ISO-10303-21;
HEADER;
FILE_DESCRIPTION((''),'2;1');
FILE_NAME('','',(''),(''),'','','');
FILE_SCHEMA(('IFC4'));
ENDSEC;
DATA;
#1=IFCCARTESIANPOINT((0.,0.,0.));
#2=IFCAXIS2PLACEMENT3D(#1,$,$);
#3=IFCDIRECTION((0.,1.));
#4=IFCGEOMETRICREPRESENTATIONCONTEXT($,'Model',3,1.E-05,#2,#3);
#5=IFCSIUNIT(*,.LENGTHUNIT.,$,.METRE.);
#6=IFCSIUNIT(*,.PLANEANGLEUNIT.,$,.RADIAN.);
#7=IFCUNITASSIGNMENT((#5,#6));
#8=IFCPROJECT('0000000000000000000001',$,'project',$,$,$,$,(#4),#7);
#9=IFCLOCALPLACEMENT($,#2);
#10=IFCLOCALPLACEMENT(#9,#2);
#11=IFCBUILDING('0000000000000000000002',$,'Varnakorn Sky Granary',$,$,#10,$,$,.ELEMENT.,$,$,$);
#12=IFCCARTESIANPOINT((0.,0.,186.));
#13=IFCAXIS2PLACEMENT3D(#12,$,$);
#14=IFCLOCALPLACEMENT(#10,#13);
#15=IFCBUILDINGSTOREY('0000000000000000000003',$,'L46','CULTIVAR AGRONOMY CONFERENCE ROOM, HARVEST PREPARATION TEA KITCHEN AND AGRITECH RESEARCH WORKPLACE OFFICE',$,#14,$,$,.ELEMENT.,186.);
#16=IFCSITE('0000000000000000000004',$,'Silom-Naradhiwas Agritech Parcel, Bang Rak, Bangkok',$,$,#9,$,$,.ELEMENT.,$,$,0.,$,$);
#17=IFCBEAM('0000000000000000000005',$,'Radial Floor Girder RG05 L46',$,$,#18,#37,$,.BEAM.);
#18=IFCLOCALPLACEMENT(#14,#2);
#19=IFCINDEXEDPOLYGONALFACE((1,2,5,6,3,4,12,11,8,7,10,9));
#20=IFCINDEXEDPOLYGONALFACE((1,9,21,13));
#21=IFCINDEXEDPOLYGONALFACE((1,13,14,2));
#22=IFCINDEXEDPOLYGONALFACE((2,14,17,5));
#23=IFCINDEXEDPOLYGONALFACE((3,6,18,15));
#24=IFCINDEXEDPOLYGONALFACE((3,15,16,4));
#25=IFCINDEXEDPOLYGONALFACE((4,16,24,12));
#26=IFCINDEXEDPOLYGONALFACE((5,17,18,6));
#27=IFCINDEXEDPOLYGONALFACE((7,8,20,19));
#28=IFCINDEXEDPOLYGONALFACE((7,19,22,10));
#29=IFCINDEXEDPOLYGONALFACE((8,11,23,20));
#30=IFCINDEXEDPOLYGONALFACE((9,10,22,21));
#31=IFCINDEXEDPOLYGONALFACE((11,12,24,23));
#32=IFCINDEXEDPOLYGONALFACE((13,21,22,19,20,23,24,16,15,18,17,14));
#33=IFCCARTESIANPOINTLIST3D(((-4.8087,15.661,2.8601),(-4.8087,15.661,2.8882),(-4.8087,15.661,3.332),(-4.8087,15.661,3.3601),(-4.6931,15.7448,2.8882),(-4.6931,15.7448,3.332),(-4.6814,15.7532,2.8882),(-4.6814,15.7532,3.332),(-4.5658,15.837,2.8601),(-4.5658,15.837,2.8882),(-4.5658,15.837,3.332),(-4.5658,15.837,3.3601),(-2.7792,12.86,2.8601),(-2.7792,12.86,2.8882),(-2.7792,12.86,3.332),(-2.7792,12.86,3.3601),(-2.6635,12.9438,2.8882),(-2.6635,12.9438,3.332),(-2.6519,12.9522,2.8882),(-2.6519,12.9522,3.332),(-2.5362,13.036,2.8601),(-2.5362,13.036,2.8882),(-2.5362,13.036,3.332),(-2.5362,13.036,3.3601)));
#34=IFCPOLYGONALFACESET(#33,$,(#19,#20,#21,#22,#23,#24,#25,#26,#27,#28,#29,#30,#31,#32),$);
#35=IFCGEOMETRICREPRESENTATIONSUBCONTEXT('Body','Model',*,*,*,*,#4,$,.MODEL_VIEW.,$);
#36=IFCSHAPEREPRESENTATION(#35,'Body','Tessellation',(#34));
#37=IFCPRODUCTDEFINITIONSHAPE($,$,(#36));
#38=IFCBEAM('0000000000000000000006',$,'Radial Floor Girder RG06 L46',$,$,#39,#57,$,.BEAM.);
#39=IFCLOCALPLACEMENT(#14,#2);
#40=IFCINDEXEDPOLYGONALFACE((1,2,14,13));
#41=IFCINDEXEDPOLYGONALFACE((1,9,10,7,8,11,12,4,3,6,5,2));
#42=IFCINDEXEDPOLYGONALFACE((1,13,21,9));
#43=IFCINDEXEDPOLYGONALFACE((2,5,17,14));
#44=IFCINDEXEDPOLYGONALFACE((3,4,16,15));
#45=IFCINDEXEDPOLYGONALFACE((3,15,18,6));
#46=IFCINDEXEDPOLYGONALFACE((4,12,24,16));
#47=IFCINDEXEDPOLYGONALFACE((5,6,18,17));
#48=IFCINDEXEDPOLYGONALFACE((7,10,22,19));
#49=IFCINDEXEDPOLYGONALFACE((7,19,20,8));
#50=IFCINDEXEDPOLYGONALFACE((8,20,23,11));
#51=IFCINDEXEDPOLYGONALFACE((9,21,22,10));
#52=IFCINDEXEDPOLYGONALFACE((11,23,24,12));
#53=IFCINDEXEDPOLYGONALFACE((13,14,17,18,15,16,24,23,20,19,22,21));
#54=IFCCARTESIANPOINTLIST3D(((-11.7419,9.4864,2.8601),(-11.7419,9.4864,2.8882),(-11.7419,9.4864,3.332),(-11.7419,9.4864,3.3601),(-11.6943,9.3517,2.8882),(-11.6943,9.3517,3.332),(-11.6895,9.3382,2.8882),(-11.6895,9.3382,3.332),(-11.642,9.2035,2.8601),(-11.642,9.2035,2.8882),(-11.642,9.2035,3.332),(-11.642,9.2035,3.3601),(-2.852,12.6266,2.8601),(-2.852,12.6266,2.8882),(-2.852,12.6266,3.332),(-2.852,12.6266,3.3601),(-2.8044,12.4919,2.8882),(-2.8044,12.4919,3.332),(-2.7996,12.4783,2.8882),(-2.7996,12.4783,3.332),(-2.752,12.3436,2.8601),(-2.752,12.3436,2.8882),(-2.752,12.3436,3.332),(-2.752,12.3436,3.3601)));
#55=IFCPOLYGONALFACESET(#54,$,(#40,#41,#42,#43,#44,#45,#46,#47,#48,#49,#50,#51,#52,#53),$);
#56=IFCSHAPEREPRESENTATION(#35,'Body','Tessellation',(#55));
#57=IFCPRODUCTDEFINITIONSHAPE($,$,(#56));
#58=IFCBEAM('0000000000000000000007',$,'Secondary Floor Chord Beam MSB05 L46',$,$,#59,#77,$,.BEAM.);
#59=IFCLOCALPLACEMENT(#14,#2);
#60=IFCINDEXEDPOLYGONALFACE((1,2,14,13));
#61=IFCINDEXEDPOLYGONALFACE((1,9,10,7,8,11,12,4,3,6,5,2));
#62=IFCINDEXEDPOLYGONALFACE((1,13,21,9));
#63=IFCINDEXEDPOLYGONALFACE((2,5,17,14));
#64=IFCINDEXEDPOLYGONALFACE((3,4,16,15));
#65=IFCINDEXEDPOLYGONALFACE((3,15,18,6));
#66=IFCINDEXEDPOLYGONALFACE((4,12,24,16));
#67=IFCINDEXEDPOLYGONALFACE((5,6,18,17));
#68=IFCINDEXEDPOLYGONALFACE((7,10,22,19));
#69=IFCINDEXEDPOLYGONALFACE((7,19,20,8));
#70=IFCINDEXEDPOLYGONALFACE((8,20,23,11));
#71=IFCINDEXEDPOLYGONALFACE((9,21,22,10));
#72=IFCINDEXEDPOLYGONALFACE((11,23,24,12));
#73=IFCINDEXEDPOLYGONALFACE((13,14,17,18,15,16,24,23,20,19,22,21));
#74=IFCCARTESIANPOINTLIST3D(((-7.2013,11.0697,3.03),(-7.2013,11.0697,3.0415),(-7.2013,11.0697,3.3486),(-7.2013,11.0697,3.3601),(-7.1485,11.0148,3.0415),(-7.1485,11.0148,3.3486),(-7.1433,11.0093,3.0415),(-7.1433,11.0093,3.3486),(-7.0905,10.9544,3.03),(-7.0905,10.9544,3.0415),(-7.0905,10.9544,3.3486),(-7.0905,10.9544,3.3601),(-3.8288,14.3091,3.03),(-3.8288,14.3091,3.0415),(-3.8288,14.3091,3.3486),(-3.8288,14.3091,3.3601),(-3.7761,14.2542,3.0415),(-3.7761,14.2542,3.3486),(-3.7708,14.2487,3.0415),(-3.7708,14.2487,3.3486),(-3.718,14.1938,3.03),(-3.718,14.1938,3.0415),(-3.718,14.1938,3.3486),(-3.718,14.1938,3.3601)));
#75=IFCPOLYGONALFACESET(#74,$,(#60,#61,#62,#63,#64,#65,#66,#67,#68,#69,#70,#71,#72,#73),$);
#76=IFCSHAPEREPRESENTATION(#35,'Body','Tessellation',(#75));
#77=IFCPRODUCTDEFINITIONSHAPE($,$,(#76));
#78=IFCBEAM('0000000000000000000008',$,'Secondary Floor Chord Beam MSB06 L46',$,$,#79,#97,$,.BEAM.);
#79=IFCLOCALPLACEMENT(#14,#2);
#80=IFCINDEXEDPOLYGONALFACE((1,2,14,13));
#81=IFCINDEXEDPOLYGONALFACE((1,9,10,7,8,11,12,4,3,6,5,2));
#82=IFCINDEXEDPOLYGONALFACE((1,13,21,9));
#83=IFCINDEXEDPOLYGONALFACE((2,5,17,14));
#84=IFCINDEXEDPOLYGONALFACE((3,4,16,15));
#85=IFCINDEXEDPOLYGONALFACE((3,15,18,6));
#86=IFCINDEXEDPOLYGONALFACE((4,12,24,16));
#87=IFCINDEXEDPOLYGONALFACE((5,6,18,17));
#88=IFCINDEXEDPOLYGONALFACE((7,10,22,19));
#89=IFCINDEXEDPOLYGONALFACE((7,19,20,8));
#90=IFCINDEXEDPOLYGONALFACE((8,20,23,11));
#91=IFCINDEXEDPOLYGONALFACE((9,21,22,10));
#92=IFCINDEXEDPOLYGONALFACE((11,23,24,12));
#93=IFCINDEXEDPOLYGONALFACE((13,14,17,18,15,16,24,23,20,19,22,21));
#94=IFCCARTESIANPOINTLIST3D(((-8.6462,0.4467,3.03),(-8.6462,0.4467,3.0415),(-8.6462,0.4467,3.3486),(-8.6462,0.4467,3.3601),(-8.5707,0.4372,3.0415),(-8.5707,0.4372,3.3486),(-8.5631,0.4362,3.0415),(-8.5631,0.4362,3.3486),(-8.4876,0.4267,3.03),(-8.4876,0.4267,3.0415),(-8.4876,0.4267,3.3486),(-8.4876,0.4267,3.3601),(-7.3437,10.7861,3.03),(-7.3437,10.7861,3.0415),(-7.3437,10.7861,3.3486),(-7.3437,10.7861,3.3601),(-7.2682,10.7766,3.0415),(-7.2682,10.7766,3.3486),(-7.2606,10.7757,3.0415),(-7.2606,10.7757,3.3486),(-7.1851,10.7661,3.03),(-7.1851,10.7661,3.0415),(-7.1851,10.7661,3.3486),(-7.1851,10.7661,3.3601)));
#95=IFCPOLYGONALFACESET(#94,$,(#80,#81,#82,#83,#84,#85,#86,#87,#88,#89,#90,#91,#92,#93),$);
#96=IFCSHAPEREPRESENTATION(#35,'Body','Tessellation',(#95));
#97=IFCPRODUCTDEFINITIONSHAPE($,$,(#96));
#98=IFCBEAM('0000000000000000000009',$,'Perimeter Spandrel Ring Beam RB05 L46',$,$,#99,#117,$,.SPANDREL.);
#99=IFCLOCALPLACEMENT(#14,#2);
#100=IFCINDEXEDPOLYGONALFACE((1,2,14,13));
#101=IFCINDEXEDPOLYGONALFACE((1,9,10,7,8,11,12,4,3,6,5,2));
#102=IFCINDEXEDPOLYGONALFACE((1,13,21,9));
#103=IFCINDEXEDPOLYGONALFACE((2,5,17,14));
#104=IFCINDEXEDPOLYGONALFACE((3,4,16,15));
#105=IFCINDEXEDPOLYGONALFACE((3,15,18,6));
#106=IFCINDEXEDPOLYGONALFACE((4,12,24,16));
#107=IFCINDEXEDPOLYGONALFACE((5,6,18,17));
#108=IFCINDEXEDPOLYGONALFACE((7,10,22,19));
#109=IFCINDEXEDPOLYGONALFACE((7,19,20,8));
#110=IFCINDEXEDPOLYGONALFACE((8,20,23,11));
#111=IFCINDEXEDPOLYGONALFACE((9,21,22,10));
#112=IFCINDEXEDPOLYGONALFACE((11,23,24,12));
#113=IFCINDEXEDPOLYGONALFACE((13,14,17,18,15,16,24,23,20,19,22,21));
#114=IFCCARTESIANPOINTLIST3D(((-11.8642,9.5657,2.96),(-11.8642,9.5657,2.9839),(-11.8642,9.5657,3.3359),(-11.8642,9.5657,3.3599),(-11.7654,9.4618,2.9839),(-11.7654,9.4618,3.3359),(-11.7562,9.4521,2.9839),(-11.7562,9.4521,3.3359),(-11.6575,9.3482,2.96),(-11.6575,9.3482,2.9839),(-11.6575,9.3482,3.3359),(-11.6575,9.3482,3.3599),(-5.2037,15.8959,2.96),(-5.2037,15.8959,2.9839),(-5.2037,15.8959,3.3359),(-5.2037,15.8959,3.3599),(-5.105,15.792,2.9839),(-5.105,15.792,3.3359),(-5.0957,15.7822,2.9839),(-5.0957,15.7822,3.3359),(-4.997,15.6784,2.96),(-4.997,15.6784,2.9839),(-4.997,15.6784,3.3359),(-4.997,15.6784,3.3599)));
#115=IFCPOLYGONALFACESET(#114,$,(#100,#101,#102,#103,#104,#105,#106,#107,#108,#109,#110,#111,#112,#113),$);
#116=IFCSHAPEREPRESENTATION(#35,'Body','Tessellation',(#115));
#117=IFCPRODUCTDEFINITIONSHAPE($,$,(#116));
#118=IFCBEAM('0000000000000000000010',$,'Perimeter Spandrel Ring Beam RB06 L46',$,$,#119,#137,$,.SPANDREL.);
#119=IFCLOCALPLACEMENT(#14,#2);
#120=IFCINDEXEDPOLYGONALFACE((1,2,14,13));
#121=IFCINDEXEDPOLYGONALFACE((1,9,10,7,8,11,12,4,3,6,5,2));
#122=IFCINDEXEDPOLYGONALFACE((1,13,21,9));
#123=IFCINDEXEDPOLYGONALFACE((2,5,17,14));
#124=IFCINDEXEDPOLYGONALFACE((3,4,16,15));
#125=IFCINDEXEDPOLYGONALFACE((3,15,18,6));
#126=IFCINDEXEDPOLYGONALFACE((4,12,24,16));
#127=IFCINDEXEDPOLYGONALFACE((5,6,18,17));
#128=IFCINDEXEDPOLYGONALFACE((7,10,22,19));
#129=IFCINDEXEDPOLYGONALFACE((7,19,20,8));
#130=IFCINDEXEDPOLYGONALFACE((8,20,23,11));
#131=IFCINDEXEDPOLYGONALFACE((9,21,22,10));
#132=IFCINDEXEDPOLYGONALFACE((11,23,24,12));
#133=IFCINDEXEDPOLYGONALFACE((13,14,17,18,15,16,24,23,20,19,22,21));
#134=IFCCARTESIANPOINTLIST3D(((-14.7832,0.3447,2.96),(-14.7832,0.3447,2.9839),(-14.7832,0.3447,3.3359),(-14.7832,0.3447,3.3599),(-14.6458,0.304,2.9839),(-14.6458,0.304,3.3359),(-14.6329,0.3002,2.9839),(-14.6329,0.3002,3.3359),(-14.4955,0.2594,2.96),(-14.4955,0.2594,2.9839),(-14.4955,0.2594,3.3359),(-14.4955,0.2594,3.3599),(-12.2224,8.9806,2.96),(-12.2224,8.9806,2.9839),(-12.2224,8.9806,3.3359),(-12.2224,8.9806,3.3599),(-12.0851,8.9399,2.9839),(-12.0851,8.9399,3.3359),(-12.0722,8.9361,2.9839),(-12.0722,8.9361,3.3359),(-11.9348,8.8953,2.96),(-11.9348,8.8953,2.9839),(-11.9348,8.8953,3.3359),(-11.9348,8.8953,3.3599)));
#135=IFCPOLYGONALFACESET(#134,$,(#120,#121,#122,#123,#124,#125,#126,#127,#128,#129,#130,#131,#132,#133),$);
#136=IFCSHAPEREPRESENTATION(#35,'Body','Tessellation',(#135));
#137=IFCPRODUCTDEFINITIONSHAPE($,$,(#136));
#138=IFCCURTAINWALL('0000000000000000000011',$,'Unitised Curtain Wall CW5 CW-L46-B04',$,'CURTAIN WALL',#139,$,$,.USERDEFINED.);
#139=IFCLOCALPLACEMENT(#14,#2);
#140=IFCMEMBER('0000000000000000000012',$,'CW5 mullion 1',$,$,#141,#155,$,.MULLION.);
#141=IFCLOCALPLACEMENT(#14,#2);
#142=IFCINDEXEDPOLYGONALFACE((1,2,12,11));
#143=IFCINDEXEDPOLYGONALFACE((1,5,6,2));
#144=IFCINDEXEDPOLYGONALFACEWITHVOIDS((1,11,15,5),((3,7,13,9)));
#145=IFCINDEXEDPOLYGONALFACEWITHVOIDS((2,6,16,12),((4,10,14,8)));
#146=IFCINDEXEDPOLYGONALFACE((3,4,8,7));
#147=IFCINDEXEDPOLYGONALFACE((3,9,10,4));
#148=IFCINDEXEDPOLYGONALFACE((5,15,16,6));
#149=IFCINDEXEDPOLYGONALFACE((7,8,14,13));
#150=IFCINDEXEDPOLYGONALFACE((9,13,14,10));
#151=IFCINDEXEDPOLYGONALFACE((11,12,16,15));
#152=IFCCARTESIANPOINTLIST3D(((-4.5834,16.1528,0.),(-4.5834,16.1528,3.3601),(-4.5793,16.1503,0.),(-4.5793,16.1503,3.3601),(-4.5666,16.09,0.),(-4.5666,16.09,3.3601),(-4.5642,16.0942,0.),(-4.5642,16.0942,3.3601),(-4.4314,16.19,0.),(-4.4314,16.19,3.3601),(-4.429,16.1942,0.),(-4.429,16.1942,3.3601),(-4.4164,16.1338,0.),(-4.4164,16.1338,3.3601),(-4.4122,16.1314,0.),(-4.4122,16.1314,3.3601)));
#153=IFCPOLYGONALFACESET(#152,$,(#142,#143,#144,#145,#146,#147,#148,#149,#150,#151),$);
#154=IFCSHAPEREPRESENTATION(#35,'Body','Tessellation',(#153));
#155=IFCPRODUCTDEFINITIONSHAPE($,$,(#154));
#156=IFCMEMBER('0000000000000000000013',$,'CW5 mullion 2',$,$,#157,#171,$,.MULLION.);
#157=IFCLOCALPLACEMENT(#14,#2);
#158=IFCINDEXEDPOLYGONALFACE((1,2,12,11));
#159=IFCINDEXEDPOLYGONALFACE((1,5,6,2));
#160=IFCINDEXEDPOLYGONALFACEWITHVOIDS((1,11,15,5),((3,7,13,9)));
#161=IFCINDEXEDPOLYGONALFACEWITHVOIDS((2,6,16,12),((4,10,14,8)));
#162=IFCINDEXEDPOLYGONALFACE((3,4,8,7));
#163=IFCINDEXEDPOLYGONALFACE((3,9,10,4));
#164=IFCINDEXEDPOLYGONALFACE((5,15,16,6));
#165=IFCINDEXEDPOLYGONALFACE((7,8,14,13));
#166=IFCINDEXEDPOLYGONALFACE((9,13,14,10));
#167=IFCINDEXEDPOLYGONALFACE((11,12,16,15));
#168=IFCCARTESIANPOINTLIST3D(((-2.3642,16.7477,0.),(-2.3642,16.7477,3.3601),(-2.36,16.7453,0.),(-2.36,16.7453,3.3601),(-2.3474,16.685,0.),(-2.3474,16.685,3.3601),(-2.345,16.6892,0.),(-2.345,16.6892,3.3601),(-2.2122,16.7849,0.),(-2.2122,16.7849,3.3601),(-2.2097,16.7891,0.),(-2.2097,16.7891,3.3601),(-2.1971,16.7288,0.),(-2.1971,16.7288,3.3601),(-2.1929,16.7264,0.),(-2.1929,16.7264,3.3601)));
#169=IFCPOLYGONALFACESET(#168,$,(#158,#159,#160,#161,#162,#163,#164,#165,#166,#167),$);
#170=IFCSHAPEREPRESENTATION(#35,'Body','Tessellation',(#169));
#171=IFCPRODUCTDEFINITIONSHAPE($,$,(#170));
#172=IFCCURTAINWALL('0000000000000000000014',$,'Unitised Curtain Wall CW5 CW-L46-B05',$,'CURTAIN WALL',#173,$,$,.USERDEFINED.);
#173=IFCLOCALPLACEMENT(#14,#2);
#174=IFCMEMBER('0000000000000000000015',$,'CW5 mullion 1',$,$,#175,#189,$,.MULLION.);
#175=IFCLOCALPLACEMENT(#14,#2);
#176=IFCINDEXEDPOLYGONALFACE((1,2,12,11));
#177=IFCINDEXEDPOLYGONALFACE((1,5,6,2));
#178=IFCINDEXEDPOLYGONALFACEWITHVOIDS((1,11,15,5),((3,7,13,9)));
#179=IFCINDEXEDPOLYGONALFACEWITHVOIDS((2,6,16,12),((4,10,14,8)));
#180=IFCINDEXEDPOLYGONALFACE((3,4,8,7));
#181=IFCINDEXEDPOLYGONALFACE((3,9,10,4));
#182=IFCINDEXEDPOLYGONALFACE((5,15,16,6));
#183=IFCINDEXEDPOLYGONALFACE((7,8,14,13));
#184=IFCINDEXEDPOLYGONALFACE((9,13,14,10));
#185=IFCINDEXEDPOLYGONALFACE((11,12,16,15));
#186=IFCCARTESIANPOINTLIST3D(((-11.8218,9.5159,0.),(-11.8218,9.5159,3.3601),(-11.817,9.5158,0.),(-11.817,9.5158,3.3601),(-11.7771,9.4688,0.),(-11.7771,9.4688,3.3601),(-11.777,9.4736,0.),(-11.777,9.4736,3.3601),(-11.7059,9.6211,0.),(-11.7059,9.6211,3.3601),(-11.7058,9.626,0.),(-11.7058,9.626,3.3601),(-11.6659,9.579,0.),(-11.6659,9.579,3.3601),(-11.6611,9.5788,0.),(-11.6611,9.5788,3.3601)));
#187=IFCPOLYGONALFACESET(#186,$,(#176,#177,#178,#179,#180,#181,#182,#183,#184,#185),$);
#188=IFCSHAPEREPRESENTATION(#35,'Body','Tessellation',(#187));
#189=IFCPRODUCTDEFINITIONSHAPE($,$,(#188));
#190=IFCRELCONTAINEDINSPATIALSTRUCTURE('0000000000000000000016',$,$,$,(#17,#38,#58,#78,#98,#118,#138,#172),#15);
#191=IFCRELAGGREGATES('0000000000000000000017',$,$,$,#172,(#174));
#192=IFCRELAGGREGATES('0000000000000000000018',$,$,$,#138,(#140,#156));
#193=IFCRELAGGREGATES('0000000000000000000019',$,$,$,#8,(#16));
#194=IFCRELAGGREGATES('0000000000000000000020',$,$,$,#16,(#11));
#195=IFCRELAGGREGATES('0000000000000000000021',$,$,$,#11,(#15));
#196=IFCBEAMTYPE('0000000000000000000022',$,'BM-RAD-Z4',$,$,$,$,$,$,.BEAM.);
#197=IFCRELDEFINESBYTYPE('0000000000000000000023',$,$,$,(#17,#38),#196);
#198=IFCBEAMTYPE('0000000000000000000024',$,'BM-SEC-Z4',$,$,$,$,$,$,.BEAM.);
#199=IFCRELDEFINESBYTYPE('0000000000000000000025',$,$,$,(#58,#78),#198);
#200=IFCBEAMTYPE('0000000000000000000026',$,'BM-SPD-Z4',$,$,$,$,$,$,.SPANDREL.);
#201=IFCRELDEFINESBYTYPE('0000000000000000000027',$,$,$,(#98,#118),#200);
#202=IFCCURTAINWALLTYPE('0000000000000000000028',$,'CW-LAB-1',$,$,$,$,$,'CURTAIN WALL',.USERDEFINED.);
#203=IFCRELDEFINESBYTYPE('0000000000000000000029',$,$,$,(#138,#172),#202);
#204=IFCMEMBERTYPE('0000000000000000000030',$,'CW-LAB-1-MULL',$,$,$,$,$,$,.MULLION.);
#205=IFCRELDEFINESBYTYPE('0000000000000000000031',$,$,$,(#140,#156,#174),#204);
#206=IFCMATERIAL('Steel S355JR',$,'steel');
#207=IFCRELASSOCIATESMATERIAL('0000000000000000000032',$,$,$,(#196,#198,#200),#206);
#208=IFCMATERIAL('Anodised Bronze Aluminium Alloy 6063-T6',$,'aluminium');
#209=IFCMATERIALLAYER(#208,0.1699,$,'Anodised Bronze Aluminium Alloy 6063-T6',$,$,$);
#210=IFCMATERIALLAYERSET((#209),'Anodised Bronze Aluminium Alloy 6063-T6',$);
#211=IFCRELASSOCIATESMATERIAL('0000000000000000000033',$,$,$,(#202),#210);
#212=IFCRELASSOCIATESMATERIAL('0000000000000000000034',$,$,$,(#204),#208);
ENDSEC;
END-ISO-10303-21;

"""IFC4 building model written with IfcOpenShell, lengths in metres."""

from ifc_helpers import new_model, si_unit, direction, frame, origin, origin_2d, place, context, subcontext, project, spatial, hollow_rectangle, i_section, extrude, material, layer, layer_set, material_profile, profile_set, type_object, element, aggregate, save


model = new_model("IFC4")

# Units and contexts
model_context = context("Model", 3, precision=1e-05, world=origin(), true_north=direction((0.0, 1.0)))
body_context = subcontext(model_context, "Body", "Model", "MODEL_VIEW")
ifc_project = project(units=[si_unit("LENGTHUNIT", "METRE"), si_unit("PLANEANGLEUNIT", "RADIAN")], contexts=[model_context])

# Site, building, storey
site_placement = place(None, origin())
site = spatial("IfcSite", under=ifc_project, at=site_placement, Name="Silom-Naradhiwas Agritech Parcel, Bang Rak, Bangkok", CompositionType="ELEMENT", RefElevation=0.0)
building_placement = place(site_placement, origin())
building = spatial("IfcBuilding", under=site, at=building_placement, Name="Varnakorn Sky Granary", CompositionType="ELEMENT")
storey_placement = place(building_placement, frame((0.0, 0.0, 186.0)))
storey = spatial("IfcBuildingStorey", under=building, at=storey_placement, Name="L46", Description="CULTIVAR AGRONOMY CONFERENCE ROOM, HARVEST PREPARATION TEA KITCHEN AND AGRITECH RESEARCH WORKPLACE OFFICE", CompositionType="ELEMENT", Elevation=186.0)

# Beams
ifc_material_1 = material(Name="Steel S355JR", Category="steel")
ifc_material_profile_1 = material_profile(ifc_material_1, i_section(OverallWidth=0.3, OverallDepth=0.5, WebThickness=0.0144, FlangeThickness=0.0281, at=origin_2d()), Name="HE 500 B")
ifc_profile_set_1 = profile_set([ifc_material_profile_1], Name="Steel S355JR")
beam_type_1 = type_object("IfcBeamType", Name="BM-RAD-Z4", PredefinedType="BEAM", material=ifc_profile_set_1)
beam_1_placement = place(storey_placement, frame((-2.6577, 12.948, 3.1101), z_axis=(-0.58674, 0.809776, 0.0), x_axis=(-0.809776, -0.58674, 0.0)))
element("IfcBeam", 1, at=beam_1_placement, inside=storey, type_object=beam_type_1, Name="Radial Floor Girder RG05 L46", PredefinedType="BEAM", context=body_context, shape_type="SweptSolid", body=[
    extrude(i_section(OverallWidth=0.3, OverallDepth=0.5, WebThickness=0.0144, FlangeThickness=0.0281, at=origin_2d()), origin(), (0.0, 0.0, 1.0), 3.459),
])
beam_2_placement = place(storey_placement, frame((-2.802, 12.4851, 3.1101), z_axis=(-0.942906, -0.333058, 0.0), x_axis=(0.333058, -0.942906, 0.0)))
element("IfcBeam", 2, at=beam_2_placement, inside=storey, type_object=beam_type_1, Name="Radial Floor Girder RG06 L46", PredefinedType="BEAM", context=body_context, shape_type="SweptSolid", body=[
    extrude(i_section(OverallWidth=0.3, OverallDepth=0.5, WebThickness=0.0144, FlangeThickness=0.0281, at=origin_2d()), origin(), (0.0, 0.0, 1.0), 9.4282),
])
ifc_material_profile_2 = material_profile(ifc_material_1, i_section(OverallWidth=0.1599, OverallDepth=0.3301, WebThickness=0.0076, FlangeThickness=0.0115, at=origin_2d()), Name="IPE 330")
ifc_profile_set_2 = profile_set([ifc_material_profile_2], Name="Steel S355JR")
beam_type_2 = type_object("IfcBeamType", Name="BM-SEC-Z4", PredefinedType="BEAM", material=ifc_profile_set_2)
beam_3_placement = place(storey_placement, frame((-3.7734, 14.2515, 3.1951), z_axis=(-0.72119, -0.692737, 0.0), x_axis=(0.692737, -0.72119, 0.0)))
element("IfcBeam", 3, at=beam_3_placement, inside=storey, type_object=beam_type_2, Name="Secondary Floor Chord Beam MSB05 L46", PredefinedType="BEAM", context=body_context, shape_type="SweptSolid", body=[
    extrude(i_section(OverallWidth=0.1599, OverallDepth=0.3301, WebThickness=0.0076, FlangeThickness=0.0115, at=origin_2d()), origin(), (0.0, 0.0, 1.0), 4.6763),
])
beam_4_placement = place(storey_placement, frame((-7.2644, 10.7761, 3.1951), z_axis=(-0.124986, -0.992158, 0.0), x_axis=(0.992158, -0.124986, 0.0)))
element("IfcBeam", 4, at=beam_4_placement, inside=storey, type_object=beam_type_2, Name="Secondary Floor Chord Beam MSB06 L46", PredefinedType="BEAM", context=body_context, shape_type="SweptSolid", body=[
    extrude(i_section(OverallWidth=0.1599, OverallDepth=0.3301, WebThickness=0.0076, FlangeThickness=0.0115, at=origin_2d()), origin(), (0.0, 0.0, 1.0), 10.4211),
])
ifc_material_profile_3 = material_profile(ifc_material_1, i_section(OverallWidth=0.3, OverallDepth=0.3999, WebThickness=0.0134, FlangeThickness=0.0239, at=origin_2d()), Name="HE 400 B")
ifc_profile_set_3 = profile_set([ifc_material_profile_3], Name="Steel S355JR")
beam_type_3 = type_object("IfcBeamType", Name="BM-SPD-Z4", PredefinedType="SPANDREL", material=ifc_profile_set_3)
beam_5_placement = place(storey_placement, frame((-5.1003, 15.7871, 3.1599), z_axis=(-0.724853, -0.688904, 0.0), x_axis=(0.688904, -0.724853, 0.0)))
element("IfcBeam", 5, at=beam_5_placement, inside=storey, type_object=beam_type_3, Name="Perimeter Spandrel Ring Beam RB05 L46", PredefinedType="SPANDREL", context=body_context, shape_type="SweptSolid", body=[
    extrude(i_section(OverallWidth=0.3, OverallDepth=0.3999, WebThickness=0.0134, FlangeThickness=0.0239, at=origin_2d()), origin(), (0.0, 0.0, 1.0), 9.1887),
])
beam_6_placement = place(storey_placement, frame((-12.0786, 8.938, 3.1599), z_axis=(-0.28429, -0.958738, 0.0), x_axis=(0.958738, -0.28429, 0.0)))
element("IfcBeam", 6, at=beam_6_placement, inside=storey, type_object=beam_type_3, Name="Perimeter Spandrel Ring Beam RB06 L46", PredefinedType="SPANDREL", context=body_context, shape_type="SweptSolid", body=[
    extrude(i_section(OverallWidth=0.3, OverallDepth=0.3999, WebThickness=0.0134, FlangeThickness=0.0239, at=origin_2d()), origin(), (0.0, 0.0, 1.0), 9.0076),
])

# Curtain walls, members
ifc_material_2 = material(Name="Anodised Bronze Aluminium Alloy 6063-T6", Category="aluminium")
ifc_layer_1 = layer(ifc_material_2, 0.1699, Name="Anodised Bronze Aluminium Alloy 6063-T6")
ifc_layer_set_1 = layer_set([ifc_layer_1], Name="Anodised Bronze Aluminium Alloy 6063-T6")
curtain_wall_type = type_object("IfcCurtainWallType", Name="CW-LAB-1", ElementType="CURTAIN WALL", PredefinedType="USERDEFINED", material=ifc_layer_set_1)
curtain_wall_1_placement = place(storey_placement, origin())
curtain_wall_1 = element("IfcCurtainWall", 7, at=curtain_wall_1_placement, inside=storey, type_object=curtain_wall_type, Name="Unitised Curtain Wall CW5 CW-L46-B04", ObjectType="CURTAIN WALL", PredefinedType="USERDEFINED")
ifc_material_profile_4 = material_profile(ifc_material_2, hollow_rectangle(XDim=0.0649, YDim=0.1599, WallThickness=0.0034, at=origin_2d()), Name="ALU MULL 65x160")
ifc_profile_set_4 = profile_set([ifc_material_profile_4], Name="Anodised Bronze Aluminium Alloy 6063-T6")
member_type_1 = type_object("IfcMemberType", Name="CW-LAB-1-MULL", PredefinedType="MULLION", material=ifc_profile_set_4)
member_1_placement = place(storey_placement, frame((-4.4978, 16.1421, 0.0), z_axis=(0.0, 0.0, 1.0), x_axis=(-0.258925, 0.965897, 0.0)))
member_1 = element("IfcMember", 8, at=member_1_placement, type_object=member_type_1, Name="CW5 mullion 1", PredefinedType="MULLION", context=body_context, shape_type="SweptSolid", body=[
    extrude(hollow_rectangle(XDim=0.0649, YDim=0.1599, WallThickness=0.0034, at=origin_2d()), origin(), (0.0, 0.0, 1.0), 3.3601),
])
member_2_placement = place(storey_placement, frame((-2.2786, 16.7371, 0.0), z_axis=(0.0, 0.0, 1.0), x_axis=(-0.258925, 0.965897, 0.0)))
member_2 = element("IfcMember", 9, at=member_2_placement, type_object=member_type_1, Name="CW5 mullion 2", PredefinedType="MULLION", context=body_context, shape_type="SweptSolid", body=[
    extrude(hollow_rectangle(XDim=0.0649, YDim=0.1599, WallThickness=0.0034, at=origin_2d()), origin(), (0.0, 0.0, 1.0), 3.3601),
])
curtain_wall_2_placement = place(storey_placement, origin())
curtain_wall_2 = element("IfcCurtainWall", 10, at=curtain_wall_2_placement, inside=storey, type_object=curtain_wall_type, Name="Unitised Curtain Wall CW5 CW-L46-B05", ObjectType="CURTAIN WALL", PredefinedType="USERDEFINED")
member_3_placement = place(storey_placement, frame((-11.7415, 9.5474, 0.0), z_axis=(0.0, 0.0, 1.0), x_axis=(-0.688292, 0.725434, 0.0)))
member_3 = element("IfcMember", 11, at=member_3_placement, type_object=member_type_1, Name="CW5 mullion 1", PredefinedType="MULLION", context=body_context, shape_type="SweptSolid", body=[
    extrude(hollow_rectangle(XDim=0.0649, YDim=0.1599, WallThickness=0.0034, at=origin_2d()), origin(), (0.0, 0.0, 1.0), 3.3601),
])

aggregate(curtain_wall_2, [member_3])
aggregate(curtain_wall_1, [member_1, member_2])

save(model, "model.ifc")
